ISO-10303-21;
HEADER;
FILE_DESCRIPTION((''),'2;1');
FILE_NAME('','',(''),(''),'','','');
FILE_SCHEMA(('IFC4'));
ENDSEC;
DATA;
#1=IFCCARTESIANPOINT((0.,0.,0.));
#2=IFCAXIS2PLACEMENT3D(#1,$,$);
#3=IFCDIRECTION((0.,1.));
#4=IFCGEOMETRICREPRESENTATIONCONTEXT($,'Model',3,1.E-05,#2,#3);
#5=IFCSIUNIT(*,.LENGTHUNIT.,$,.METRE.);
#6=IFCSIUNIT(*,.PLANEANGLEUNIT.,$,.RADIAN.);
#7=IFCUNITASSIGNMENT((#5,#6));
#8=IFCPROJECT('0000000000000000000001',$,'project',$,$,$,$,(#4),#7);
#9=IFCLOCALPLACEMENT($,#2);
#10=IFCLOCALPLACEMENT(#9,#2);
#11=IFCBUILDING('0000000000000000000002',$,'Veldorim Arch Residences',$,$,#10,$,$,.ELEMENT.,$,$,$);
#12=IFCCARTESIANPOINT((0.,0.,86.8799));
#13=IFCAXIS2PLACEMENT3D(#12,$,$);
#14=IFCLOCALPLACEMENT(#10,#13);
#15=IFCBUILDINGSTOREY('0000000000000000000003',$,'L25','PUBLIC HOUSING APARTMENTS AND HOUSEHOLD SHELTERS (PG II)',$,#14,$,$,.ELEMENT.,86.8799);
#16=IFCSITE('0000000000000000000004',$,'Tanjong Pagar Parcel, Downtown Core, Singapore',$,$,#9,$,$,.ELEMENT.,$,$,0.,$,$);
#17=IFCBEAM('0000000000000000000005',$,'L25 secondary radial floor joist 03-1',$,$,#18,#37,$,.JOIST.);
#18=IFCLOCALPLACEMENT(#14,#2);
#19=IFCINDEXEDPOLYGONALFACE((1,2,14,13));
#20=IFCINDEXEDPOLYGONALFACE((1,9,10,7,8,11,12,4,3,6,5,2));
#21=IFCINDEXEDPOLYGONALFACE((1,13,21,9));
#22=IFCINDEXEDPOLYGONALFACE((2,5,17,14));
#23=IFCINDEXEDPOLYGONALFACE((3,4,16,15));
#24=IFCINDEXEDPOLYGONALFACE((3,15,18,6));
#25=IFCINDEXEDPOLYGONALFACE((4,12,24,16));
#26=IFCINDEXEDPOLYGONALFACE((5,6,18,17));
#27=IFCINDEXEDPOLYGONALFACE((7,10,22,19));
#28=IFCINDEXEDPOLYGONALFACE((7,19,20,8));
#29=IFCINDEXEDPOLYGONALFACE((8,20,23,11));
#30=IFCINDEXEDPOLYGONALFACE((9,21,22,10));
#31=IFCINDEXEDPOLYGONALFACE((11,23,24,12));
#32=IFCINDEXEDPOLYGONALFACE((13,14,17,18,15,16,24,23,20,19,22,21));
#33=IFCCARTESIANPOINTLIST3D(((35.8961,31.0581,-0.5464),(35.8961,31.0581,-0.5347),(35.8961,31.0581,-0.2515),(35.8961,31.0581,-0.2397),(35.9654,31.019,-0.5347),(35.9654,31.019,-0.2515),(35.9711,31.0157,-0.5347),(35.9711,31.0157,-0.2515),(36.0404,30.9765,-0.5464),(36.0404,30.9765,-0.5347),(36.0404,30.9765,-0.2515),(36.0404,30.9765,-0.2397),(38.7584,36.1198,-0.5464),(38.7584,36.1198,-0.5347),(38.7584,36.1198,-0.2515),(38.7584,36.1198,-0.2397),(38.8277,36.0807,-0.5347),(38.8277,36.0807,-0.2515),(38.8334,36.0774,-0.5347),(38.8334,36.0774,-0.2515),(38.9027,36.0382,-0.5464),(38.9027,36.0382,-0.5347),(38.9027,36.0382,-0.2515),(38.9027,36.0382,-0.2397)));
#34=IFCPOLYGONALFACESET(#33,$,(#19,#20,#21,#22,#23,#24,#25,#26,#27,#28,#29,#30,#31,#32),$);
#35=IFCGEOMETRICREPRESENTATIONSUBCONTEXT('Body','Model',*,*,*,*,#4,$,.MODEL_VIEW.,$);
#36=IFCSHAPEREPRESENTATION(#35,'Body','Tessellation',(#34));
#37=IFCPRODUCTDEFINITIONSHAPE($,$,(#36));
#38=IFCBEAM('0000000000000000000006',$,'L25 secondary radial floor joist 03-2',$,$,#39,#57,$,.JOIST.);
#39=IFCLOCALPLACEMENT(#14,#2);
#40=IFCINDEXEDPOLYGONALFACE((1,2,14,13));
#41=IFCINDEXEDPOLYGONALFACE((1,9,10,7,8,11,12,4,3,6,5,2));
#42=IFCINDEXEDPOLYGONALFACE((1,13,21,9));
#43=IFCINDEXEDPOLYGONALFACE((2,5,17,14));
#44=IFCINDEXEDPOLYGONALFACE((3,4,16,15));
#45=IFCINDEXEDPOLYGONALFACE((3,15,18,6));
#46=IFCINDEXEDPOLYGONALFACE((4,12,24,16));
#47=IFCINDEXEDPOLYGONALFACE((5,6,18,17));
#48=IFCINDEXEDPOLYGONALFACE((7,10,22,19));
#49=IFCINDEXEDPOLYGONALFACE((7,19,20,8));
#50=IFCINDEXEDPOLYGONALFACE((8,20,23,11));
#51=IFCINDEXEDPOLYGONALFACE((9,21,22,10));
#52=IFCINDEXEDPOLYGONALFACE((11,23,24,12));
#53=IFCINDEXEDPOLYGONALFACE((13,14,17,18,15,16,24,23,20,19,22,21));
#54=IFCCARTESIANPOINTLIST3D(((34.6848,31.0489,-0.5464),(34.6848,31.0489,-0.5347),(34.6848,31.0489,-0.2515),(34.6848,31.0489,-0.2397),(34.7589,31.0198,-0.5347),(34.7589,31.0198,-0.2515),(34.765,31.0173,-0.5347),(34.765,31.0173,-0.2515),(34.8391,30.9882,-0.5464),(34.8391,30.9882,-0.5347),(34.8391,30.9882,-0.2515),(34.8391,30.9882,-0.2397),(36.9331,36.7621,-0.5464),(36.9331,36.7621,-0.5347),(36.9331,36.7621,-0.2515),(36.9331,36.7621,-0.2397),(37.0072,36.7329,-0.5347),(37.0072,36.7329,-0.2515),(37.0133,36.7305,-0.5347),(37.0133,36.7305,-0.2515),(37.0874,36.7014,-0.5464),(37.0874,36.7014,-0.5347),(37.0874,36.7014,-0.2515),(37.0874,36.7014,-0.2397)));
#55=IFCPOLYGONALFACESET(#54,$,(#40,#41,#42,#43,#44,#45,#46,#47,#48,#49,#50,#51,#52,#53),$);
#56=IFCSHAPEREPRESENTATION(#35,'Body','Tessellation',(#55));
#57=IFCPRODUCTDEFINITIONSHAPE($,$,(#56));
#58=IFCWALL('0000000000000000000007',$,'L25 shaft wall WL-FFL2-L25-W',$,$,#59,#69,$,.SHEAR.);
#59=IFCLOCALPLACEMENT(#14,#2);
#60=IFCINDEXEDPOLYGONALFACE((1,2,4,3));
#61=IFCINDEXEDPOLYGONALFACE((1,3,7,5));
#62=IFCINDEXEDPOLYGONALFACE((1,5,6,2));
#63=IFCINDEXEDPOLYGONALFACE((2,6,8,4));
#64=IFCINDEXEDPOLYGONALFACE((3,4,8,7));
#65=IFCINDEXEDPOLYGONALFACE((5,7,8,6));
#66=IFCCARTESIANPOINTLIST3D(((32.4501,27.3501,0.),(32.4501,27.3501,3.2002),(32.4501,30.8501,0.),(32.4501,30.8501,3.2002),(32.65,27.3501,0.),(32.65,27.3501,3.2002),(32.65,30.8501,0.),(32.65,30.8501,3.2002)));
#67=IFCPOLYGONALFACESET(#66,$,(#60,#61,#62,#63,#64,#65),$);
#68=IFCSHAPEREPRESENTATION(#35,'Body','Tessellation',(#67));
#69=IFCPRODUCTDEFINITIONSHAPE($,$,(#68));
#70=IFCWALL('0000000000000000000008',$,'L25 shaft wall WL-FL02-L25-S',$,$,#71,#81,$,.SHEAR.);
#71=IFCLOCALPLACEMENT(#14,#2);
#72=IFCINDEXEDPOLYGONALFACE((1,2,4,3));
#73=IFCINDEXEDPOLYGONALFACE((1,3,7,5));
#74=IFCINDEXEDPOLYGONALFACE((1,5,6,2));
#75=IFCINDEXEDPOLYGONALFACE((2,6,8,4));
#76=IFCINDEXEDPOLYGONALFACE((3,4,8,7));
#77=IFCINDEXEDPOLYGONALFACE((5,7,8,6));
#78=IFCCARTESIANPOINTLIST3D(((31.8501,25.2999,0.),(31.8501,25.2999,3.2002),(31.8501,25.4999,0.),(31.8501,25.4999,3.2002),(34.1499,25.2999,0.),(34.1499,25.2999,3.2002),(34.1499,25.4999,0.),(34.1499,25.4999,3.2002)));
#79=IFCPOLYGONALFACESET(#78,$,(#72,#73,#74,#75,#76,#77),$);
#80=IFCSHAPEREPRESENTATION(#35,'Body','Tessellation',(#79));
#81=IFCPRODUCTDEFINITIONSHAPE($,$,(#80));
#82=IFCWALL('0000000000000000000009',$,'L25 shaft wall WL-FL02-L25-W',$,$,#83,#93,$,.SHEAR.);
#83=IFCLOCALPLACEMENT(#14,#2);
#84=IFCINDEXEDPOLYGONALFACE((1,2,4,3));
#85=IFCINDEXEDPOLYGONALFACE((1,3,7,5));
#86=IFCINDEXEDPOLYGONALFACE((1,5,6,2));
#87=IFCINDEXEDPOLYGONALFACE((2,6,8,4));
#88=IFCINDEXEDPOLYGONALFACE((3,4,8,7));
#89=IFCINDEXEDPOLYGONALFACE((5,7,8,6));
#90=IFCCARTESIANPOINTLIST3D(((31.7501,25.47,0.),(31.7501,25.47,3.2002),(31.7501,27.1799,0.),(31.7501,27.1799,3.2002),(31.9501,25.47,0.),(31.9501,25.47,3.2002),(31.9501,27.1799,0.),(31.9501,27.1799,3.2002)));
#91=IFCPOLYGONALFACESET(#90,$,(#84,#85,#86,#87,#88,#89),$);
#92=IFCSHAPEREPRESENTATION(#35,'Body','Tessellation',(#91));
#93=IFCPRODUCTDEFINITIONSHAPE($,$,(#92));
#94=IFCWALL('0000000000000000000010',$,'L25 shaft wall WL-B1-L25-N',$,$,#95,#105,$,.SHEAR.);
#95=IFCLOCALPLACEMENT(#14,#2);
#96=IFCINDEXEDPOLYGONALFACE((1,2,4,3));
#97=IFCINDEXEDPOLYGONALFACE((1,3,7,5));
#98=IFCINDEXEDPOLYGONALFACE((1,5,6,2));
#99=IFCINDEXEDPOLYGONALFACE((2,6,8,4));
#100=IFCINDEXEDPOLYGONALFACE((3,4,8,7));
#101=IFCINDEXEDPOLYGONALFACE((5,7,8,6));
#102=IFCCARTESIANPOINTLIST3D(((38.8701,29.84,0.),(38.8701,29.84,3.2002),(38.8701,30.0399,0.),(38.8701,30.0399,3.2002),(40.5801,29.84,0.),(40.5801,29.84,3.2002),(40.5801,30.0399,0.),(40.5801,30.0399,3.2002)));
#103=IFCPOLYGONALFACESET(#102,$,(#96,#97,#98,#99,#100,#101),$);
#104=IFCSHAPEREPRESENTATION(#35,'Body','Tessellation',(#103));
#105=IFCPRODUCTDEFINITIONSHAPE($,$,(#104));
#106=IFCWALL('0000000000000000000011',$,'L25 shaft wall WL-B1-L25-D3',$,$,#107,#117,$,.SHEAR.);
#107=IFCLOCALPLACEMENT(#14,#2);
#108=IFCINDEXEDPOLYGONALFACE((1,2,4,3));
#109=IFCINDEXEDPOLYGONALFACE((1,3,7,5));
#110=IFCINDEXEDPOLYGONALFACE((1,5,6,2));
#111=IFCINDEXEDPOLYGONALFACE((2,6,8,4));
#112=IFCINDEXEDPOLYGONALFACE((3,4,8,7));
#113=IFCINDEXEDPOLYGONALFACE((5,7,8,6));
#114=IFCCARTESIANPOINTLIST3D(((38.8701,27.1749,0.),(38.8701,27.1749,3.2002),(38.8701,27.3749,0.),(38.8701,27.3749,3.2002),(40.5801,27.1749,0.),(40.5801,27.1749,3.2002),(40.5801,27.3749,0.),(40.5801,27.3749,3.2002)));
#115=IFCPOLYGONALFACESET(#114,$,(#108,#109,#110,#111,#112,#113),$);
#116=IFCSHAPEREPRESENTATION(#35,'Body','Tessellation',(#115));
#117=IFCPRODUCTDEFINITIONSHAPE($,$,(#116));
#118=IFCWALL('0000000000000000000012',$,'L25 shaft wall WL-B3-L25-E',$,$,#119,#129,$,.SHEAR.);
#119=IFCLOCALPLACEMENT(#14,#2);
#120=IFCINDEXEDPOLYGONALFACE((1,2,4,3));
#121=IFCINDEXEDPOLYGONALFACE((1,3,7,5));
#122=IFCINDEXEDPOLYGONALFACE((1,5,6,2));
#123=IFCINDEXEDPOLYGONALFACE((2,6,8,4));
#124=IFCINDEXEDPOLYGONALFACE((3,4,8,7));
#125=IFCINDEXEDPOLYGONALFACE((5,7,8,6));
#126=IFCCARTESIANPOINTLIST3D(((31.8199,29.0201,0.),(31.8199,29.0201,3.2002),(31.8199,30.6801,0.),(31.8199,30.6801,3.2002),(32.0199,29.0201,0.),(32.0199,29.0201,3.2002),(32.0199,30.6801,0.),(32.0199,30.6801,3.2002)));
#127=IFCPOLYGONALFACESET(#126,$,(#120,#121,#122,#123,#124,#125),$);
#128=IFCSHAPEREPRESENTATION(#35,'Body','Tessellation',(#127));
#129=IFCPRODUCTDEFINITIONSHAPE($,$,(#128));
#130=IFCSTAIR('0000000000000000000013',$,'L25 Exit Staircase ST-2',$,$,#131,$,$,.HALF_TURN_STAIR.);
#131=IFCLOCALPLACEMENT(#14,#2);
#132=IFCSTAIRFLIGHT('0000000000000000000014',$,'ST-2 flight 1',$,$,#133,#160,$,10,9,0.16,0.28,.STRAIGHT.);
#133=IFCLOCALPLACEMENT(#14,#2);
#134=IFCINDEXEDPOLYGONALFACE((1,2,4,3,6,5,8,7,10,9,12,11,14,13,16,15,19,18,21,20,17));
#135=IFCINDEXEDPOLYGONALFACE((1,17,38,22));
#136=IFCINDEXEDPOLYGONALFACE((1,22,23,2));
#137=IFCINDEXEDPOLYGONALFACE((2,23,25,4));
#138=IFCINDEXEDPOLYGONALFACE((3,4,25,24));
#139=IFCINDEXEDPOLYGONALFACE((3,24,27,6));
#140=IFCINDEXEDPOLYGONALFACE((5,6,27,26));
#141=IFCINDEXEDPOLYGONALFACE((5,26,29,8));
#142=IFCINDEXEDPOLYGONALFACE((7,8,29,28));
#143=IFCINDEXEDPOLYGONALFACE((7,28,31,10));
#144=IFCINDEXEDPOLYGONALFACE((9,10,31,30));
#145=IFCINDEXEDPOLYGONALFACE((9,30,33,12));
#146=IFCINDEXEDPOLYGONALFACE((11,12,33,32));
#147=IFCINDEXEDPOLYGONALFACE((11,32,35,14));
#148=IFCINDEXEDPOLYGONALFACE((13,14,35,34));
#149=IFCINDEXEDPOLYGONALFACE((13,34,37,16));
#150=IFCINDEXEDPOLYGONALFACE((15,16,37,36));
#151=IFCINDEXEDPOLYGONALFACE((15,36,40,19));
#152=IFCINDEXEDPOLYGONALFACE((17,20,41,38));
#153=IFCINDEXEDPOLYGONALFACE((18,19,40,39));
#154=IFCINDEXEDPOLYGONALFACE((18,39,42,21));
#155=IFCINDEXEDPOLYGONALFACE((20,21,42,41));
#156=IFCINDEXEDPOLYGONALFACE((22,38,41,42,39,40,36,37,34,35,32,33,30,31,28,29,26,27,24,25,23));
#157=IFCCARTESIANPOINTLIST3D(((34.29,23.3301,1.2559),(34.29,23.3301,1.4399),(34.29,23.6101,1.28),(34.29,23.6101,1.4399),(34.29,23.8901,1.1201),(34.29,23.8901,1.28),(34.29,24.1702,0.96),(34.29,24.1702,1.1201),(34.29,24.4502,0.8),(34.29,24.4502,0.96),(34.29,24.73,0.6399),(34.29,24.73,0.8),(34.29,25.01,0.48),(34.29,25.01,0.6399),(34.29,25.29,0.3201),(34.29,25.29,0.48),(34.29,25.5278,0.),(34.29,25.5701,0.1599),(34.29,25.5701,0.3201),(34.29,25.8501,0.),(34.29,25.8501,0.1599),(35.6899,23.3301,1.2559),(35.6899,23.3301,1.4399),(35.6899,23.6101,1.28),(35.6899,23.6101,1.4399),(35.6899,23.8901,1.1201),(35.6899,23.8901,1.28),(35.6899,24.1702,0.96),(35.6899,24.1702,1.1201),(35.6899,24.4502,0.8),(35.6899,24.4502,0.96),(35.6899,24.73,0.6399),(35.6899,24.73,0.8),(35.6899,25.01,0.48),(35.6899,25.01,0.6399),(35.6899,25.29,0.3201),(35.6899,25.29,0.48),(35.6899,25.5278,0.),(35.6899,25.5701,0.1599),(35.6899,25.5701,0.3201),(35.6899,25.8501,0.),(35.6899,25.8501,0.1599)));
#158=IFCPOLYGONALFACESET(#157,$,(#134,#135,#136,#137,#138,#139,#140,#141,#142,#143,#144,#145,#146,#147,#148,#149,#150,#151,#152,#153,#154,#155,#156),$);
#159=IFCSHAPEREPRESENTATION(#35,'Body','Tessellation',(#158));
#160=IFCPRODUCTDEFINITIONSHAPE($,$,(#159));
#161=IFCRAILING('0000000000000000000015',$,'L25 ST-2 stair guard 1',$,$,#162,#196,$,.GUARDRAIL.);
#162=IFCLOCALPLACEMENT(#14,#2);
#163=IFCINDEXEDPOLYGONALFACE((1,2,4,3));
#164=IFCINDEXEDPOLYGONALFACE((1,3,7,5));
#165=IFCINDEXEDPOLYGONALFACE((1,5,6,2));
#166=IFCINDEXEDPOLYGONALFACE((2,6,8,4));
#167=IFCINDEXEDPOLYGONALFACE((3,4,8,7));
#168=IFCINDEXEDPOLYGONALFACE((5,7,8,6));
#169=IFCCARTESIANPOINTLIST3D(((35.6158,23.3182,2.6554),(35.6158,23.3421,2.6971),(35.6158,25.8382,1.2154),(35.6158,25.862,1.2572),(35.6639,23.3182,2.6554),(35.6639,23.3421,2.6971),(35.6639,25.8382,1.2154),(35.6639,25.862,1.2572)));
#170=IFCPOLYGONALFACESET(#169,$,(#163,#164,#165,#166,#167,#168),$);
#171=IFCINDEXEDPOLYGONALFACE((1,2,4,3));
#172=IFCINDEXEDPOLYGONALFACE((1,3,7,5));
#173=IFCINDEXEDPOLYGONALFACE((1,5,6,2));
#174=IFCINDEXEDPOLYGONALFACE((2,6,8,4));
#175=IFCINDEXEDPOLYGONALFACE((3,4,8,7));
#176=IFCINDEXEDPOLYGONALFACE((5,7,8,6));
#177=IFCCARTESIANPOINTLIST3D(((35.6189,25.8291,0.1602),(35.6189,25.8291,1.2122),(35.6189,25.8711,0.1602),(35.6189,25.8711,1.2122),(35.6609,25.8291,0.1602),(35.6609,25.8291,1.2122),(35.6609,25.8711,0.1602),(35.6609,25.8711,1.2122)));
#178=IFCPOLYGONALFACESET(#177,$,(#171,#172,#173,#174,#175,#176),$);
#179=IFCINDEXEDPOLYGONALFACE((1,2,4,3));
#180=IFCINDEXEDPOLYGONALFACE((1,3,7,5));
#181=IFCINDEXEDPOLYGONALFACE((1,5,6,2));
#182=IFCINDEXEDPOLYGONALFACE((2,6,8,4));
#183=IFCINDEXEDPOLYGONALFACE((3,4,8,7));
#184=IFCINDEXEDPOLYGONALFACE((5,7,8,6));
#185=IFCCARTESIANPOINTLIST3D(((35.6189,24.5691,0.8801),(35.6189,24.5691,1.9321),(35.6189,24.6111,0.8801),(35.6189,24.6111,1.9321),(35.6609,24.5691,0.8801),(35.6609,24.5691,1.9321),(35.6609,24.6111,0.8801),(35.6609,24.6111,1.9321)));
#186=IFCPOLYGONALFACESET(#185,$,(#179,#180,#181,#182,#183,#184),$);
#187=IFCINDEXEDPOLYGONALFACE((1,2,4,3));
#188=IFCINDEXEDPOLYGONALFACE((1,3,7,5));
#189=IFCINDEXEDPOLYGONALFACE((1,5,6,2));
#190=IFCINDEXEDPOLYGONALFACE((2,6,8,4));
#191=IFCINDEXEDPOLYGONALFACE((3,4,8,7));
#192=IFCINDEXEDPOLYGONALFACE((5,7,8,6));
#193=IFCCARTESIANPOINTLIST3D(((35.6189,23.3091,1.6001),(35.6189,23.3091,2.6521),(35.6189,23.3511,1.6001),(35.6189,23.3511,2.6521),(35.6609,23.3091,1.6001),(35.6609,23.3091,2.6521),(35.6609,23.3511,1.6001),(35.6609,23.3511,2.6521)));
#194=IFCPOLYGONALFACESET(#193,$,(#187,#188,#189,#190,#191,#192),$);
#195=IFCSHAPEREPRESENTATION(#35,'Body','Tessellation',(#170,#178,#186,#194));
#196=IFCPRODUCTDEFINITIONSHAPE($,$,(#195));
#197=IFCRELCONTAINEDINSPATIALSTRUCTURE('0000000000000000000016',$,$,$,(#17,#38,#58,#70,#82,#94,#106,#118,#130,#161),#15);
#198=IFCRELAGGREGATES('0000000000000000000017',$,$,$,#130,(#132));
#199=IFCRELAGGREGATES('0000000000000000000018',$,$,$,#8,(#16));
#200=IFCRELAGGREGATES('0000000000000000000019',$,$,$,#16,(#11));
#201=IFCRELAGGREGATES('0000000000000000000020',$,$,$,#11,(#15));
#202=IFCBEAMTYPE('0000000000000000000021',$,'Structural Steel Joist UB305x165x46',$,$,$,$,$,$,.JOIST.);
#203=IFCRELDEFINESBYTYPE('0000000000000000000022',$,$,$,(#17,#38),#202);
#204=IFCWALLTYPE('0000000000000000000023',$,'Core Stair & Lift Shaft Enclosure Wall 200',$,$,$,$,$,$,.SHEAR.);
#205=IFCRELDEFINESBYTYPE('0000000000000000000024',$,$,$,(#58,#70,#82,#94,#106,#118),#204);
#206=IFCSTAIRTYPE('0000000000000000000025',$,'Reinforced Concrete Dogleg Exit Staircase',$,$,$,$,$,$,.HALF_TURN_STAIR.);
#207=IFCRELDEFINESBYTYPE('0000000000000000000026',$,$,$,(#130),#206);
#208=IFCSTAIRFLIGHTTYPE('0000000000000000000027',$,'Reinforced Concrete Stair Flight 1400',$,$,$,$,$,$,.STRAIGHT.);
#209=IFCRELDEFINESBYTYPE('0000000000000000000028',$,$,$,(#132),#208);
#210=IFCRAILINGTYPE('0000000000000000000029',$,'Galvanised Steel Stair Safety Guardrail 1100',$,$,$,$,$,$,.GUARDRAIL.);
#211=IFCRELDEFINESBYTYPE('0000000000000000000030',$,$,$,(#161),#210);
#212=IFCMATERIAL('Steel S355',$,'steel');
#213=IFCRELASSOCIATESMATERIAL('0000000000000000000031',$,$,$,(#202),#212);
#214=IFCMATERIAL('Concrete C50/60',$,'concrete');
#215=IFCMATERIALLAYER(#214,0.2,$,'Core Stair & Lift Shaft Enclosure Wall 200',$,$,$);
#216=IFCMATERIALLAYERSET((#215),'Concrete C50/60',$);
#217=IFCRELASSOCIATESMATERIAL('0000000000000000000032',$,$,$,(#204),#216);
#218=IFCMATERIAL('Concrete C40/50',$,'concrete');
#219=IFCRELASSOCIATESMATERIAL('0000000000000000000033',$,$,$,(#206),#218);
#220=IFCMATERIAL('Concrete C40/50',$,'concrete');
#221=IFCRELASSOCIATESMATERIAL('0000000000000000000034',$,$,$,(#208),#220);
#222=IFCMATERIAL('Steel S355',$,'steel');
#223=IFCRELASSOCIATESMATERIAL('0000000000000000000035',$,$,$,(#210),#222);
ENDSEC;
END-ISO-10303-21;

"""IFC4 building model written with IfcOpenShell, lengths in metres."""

from ifc_helpers import new_model, si_unit, direction, frame, frame_2d, origin, origin_2d, place, context, subcontext, project, spatial, polyline, rectangle, i_section, outline, extrude, material, layer, layer_set, material_profile, profile_set, type_object, element, aggregate, save


model = new_model("IFC4")

# Units and contexts
model_context = context("Model", 3, precision=1e-05, world=origin(), true_north=direction((0.0, 1.0)))
body_context = subcontext(model_context, "Body", "Model", "MODEL_VIEW")
ifc_project = project(units=[si_unit("LENGTHUNIT", "METRE"), si_unit("PLANEANGLEUNIT", "RADIAN")], contexts=[model_context])

# Site, building, storey
site_placement = place(None, origin())
site = spatial("IfcSite", under=ifc_project, at=site_placement, Name="Tanjong Pagar Parcel, Downtown Core, Singapore", CompositionType="ELEMENT", RefElevation=0.0)
building_placement = place(site_placement, origin())
building = spatial("IfcBuilding", under=site, at=building_placement, Name="Veldorim Arch Residences", CompositionType="ELEMENT")
storey_placement = place(building_placement, frame((0.0, 0.0, 86.8799)))
storey = spatial("IfcBuildingStorey", under=building, at=storey_placement, Name="L25", Description="PUBLIC HOUSING APARTMENTS AND HOUSEHOLD SHELTERS (PG II)", CompositionType="ELEMENT", Elevation=86.8799)

# Beams
ifc_material_1 = material(Name="Steel S355", Category="steel")
ifc_material_profile_1 = material_profile(ifc_material_1, i_section(OverallWidth=0.1658, OverallDepth=0.3066, WebThickness=0.0066, FlangeThickness=0.0117, at=origin_2d()), Name="UB305x165x46")
ifc_profile_set_1 = profile_set([ifc_material_profile_1], Name="Steel S355")
beam_type_1 = type_object("IfcBeamType", Name="Structural Steel Joist UB305x165x46", PredefinedType="JOIST", material=ifc_profile_set_1)
beam_1_placement = place(storey_placement, frame((35.9683, 31.0173, -0.3931), z_axis=(0.492227, 0.870467, 0.0), x_axis=(-0.870467, 0.492227, 0.0)))
element("IfcBeam", 1, at=beam_1_placement, inside=storey, type_object=beam_type_1, Name="L25 secondary radial floor joist 03-1", PredefinedType="JOIST", context=body_context, shape_type="SweptSolid", body=[
    extrude(i_section(OverallWidth=0.1658, OverallDepth=0.3066, WebThickness=0.0066, FlangeThickness=0.0117, at=origin_2d()), origin(), (0.0, 0.0, 1.0), 5.8149),
])
beam_2_placement = place(storey_placement, frame((34.762, 31.0186, -0.3931), z_axis=(0.366195, 0.930538, 0.0), x_axis=(-0.930538, 0.366195, 0.0)))
element("IfcBeam", 2, at=beam_2_placement, inside=storey, type_object=beam_type_1, Name="L25 secondary radial floor joist 03-2", PredefinedType="JOIST", context=body_context, shape_type="SweptSolid", body=[
    extrude(i_section(OverallWidth=0.1658, OverallDepth=0.3066, WebThickness=0.0066, FlangeThickness=0.0117, at=origin_2d()), origin(), (0.0, 0.0, 1.0), 6.1396),
])

# Shared definitions
ifc_material_2 = material(Name="Concrete C50/60", Category="concrete")
ifc_layer = layer(ifc_material_2, 0.2, Name="Core Stair & Lift Shaft Enclosure Wall 200")
ifc_layer_set = layer_set([ifc_layer], Name="Concrete C50/60")
wall_type = type_object("IfcWallType", Name="Core Stair & Lift Shaft Enclosure Wall 200", PredefinedType="SHEAR", material=ifc_layer_set)

# Wall
wall_1_placement = place(storey_placement, frame((32.55, 27.3501, 0.0), z_axis=(0.0, 0.0, 1.0), x_axis=(0.0, 1.0, 0.0)))
element("IfcWall", 3, at=wall_1_placement, inside=storey, type_object=wall_type, Name="L25 shaft wall WL-FFL2-L25-W", PredefinedType="SHEAR", context=body_context, shape_type="SweptSolid", body=[
    extrude(rectangle(XDim=3.5, YDim=0.2, at=frame_2d((1.75, 0.0))), origin(), (0.0, 0.0, 1.0), 3.2002),
])

# Walls
wall_2_placement = place(storey_placement, frame((31.8501, 25.3999, 0.0), z_axis=(0.0, 0.0, 1.0), x_axis=(1.0, 0.0, 0.0)))
element("IfcWall", 4, at=wall_2_placement, inside=storey, type_object=wall_type, Name="L25 shaft wall WL-FL02-L25-S", PredefinedType="SHEAR", context=body_context, shape_type="SweptSolid", body=[
    extrude(rectangle(XDim=2.2998, YDim=0.2, at=frame_2d((1.1499, 0.0))), origin(), (0.0, 0.0, 1.0), 3.2002),
])
for number, where, z_axis, x_axis, name in (
    (5, (31.8501, 25.47, 0.0), (0.0, 0.0, 1.0), (0.0, 1.0, 0.0), "L25 shaft wall WL-FL02-L25-W"),
    (6, (38.8701, 29.9399, 0.0), (0.0, 0.0, 1.0), (1.0, 0.0, 0.0), "L25 shaft wall WL-B1-L25-N"),
    (7, (38.8701, 27.2749, 0.0), (0.0, 0.0, 1.0), (1.0, 0.0, 0.0), "L25 shaft wall WL-B1-L25-D3"),
):
    element("IfcWall", number, at=place(storey_placement, frame(where, z_axis=z_axis, x_axis=x_axis)), inside=storey, type_object=wall_type, Name=name, PredefinedType="SHEAR", context=body_context, shape_type="SweptSolid", body=[
        extrude(rectangle(XDim=1.71, YDim=0.2, at=frame_2d((0.855, 0.0))), origin(), (0.0, 0.0, 1.0), 3.2002),
    ])
wall_3_placement = place(storey_placement, frame((31.9199, 29.02, 0.0), z_axis=(0.0, 0.0, 1.0), x_axis=(0.0, 1.0, 0.0)))
element("IfcWall", 8, at=wall_3_placement, inside=storey, type_object=wall_type, Name="L25 shaft wall WL-B3-L25-E", PredefinedType="SHEAR", context=body_context, shape_type="SweptSolid", body=[
    extrude(rectangle(XDim=1.6599, YDim=0.2, at=frame_2d((0.8301, 0.0))), origin(), (0.0, 0.0, 1.0), 3.2002),
])

# Stair, stair flight
ifc_material_3 = material(Name="Concrete C40/50", Category="concrete")
stair_type = type_object("IfcStairType", Name="Reinforced Concrete Dogleg Exit Staircase", PredefinedType="HALF_TURN_STAIR", material=ifc_material_3)
stair_placement = place(storey_placement, origin())
stair = element("IfcStair", 9, at=stair_placement, inside=storey, type_object=stair_type, Name="L25 Exit Staircase ST-2", PredefinedType="HALF_TURN_STAIR")
ifc_material_4 = material(Name="Concrete C40/50", Category="concrete")
stair_flight_type = type_object("IfcStairFlightType", Name="Reinforced Concrete Stair Flight 1400", PredefinedType="STRAIGHT", material=ifc_material_4)
stair_flight_placement = place(storey_placement, frame((34.99, 25.8501, 0.0), z_axis=(0.0, 0.0, 1.0), x_axis=(0.0, -1.0, 0.0)))
stair_flight = element("IfcStairFlight", 10, at=stair_flight_placement, type_object=stair_flight_type, Name="ST-2 flight 1", NumberOfRisers=10, NumberOfTreads=9, PredefinedType="STRAIGHT", RiserHeight=0.16, TreadLength=0.28, context=body_context, shape_type="SweptSolid", body=[
    extrude(outline(polyline([(0.0, 0.0), (0.0, 0.1599), (0.28, 0.1599), (0.28, 0.3201), (0.5601, 0.3201), (0.5601, 0.48), (0.8401, 0.48), (0.8401, 0.6399), (1.1201, 0.6399), (1.1201, 0.8), (1.3999, 0.8), (1.3999, 0.96), (1.6799, 0.96), (1.6799, 1.1201), (1.96, 1.1201), (1.96, 1.28), (2.24, 1.28), (2.24, 1.4399), (2.52, 1.4399), (2.52, 1.6001), (2.52, 1.2559), (0.3223, 0.0), (0.0, 0.0)])), frame((0.0, 0.7, 0.0), z_axis=(0.0, -1.0, 0.0), x_axis=(1.0, 0.0, 0.0)), (0.0, 0.0, 1.0), 1.3999),
])
aggregate(stair, [stair_flight])

# Railing
ifc_material_5 = material(Name="Steel S355", Category="steel")
railing_type_1 = type_object("IfcRailingType", Name="Galvanised Steel Stair Safety Guardrail 1100", PredefinedType="GUARDRAIL", material=ifc_material_5)
railing_1_placement = place(storey_placement, frame((35.6399, 25.8501, 0.1602)))
element("IfcRailing", 11, at=railing_1_placement, inside=storey, type_object=railing_type_1, Name="L25 ST-2 stair guard 1", PredefinedType="GUARDRAIL", context=body_context, shape_type="SweptSolid", body=[
    extrude(rectangle(XDim=0.0481, YDim=0.0481, at=origin_2d()), frame((0.0, 0.0, 1.0762), z_axis=(0.0, -0.868253, 0.496121), x_axis=(1.0, 0.0, 0.0)), (0.0, 0.0, 1.0), 2.9023),
    extrude(rectangle(XDim=0.042, YDim=0.042, at=origin_2d()), origin(), (0.0, 0.0, 1.0), 1.052),
    extrude(rectangle(XDim=0.042, YDim=0.042, at=origin_2d()), frame((0.0, -1.26, 0.72)), (0.0, 0.0, 1.0), 1.052),
    extrude(rectangle(XDim=0.042, YDim=0.042, at=origin_2d()), frame((0.0, -2.52, 1.4399)), (0.0, 0.0, 1.0), 1.052),
])

save(model, "model.ifc")
